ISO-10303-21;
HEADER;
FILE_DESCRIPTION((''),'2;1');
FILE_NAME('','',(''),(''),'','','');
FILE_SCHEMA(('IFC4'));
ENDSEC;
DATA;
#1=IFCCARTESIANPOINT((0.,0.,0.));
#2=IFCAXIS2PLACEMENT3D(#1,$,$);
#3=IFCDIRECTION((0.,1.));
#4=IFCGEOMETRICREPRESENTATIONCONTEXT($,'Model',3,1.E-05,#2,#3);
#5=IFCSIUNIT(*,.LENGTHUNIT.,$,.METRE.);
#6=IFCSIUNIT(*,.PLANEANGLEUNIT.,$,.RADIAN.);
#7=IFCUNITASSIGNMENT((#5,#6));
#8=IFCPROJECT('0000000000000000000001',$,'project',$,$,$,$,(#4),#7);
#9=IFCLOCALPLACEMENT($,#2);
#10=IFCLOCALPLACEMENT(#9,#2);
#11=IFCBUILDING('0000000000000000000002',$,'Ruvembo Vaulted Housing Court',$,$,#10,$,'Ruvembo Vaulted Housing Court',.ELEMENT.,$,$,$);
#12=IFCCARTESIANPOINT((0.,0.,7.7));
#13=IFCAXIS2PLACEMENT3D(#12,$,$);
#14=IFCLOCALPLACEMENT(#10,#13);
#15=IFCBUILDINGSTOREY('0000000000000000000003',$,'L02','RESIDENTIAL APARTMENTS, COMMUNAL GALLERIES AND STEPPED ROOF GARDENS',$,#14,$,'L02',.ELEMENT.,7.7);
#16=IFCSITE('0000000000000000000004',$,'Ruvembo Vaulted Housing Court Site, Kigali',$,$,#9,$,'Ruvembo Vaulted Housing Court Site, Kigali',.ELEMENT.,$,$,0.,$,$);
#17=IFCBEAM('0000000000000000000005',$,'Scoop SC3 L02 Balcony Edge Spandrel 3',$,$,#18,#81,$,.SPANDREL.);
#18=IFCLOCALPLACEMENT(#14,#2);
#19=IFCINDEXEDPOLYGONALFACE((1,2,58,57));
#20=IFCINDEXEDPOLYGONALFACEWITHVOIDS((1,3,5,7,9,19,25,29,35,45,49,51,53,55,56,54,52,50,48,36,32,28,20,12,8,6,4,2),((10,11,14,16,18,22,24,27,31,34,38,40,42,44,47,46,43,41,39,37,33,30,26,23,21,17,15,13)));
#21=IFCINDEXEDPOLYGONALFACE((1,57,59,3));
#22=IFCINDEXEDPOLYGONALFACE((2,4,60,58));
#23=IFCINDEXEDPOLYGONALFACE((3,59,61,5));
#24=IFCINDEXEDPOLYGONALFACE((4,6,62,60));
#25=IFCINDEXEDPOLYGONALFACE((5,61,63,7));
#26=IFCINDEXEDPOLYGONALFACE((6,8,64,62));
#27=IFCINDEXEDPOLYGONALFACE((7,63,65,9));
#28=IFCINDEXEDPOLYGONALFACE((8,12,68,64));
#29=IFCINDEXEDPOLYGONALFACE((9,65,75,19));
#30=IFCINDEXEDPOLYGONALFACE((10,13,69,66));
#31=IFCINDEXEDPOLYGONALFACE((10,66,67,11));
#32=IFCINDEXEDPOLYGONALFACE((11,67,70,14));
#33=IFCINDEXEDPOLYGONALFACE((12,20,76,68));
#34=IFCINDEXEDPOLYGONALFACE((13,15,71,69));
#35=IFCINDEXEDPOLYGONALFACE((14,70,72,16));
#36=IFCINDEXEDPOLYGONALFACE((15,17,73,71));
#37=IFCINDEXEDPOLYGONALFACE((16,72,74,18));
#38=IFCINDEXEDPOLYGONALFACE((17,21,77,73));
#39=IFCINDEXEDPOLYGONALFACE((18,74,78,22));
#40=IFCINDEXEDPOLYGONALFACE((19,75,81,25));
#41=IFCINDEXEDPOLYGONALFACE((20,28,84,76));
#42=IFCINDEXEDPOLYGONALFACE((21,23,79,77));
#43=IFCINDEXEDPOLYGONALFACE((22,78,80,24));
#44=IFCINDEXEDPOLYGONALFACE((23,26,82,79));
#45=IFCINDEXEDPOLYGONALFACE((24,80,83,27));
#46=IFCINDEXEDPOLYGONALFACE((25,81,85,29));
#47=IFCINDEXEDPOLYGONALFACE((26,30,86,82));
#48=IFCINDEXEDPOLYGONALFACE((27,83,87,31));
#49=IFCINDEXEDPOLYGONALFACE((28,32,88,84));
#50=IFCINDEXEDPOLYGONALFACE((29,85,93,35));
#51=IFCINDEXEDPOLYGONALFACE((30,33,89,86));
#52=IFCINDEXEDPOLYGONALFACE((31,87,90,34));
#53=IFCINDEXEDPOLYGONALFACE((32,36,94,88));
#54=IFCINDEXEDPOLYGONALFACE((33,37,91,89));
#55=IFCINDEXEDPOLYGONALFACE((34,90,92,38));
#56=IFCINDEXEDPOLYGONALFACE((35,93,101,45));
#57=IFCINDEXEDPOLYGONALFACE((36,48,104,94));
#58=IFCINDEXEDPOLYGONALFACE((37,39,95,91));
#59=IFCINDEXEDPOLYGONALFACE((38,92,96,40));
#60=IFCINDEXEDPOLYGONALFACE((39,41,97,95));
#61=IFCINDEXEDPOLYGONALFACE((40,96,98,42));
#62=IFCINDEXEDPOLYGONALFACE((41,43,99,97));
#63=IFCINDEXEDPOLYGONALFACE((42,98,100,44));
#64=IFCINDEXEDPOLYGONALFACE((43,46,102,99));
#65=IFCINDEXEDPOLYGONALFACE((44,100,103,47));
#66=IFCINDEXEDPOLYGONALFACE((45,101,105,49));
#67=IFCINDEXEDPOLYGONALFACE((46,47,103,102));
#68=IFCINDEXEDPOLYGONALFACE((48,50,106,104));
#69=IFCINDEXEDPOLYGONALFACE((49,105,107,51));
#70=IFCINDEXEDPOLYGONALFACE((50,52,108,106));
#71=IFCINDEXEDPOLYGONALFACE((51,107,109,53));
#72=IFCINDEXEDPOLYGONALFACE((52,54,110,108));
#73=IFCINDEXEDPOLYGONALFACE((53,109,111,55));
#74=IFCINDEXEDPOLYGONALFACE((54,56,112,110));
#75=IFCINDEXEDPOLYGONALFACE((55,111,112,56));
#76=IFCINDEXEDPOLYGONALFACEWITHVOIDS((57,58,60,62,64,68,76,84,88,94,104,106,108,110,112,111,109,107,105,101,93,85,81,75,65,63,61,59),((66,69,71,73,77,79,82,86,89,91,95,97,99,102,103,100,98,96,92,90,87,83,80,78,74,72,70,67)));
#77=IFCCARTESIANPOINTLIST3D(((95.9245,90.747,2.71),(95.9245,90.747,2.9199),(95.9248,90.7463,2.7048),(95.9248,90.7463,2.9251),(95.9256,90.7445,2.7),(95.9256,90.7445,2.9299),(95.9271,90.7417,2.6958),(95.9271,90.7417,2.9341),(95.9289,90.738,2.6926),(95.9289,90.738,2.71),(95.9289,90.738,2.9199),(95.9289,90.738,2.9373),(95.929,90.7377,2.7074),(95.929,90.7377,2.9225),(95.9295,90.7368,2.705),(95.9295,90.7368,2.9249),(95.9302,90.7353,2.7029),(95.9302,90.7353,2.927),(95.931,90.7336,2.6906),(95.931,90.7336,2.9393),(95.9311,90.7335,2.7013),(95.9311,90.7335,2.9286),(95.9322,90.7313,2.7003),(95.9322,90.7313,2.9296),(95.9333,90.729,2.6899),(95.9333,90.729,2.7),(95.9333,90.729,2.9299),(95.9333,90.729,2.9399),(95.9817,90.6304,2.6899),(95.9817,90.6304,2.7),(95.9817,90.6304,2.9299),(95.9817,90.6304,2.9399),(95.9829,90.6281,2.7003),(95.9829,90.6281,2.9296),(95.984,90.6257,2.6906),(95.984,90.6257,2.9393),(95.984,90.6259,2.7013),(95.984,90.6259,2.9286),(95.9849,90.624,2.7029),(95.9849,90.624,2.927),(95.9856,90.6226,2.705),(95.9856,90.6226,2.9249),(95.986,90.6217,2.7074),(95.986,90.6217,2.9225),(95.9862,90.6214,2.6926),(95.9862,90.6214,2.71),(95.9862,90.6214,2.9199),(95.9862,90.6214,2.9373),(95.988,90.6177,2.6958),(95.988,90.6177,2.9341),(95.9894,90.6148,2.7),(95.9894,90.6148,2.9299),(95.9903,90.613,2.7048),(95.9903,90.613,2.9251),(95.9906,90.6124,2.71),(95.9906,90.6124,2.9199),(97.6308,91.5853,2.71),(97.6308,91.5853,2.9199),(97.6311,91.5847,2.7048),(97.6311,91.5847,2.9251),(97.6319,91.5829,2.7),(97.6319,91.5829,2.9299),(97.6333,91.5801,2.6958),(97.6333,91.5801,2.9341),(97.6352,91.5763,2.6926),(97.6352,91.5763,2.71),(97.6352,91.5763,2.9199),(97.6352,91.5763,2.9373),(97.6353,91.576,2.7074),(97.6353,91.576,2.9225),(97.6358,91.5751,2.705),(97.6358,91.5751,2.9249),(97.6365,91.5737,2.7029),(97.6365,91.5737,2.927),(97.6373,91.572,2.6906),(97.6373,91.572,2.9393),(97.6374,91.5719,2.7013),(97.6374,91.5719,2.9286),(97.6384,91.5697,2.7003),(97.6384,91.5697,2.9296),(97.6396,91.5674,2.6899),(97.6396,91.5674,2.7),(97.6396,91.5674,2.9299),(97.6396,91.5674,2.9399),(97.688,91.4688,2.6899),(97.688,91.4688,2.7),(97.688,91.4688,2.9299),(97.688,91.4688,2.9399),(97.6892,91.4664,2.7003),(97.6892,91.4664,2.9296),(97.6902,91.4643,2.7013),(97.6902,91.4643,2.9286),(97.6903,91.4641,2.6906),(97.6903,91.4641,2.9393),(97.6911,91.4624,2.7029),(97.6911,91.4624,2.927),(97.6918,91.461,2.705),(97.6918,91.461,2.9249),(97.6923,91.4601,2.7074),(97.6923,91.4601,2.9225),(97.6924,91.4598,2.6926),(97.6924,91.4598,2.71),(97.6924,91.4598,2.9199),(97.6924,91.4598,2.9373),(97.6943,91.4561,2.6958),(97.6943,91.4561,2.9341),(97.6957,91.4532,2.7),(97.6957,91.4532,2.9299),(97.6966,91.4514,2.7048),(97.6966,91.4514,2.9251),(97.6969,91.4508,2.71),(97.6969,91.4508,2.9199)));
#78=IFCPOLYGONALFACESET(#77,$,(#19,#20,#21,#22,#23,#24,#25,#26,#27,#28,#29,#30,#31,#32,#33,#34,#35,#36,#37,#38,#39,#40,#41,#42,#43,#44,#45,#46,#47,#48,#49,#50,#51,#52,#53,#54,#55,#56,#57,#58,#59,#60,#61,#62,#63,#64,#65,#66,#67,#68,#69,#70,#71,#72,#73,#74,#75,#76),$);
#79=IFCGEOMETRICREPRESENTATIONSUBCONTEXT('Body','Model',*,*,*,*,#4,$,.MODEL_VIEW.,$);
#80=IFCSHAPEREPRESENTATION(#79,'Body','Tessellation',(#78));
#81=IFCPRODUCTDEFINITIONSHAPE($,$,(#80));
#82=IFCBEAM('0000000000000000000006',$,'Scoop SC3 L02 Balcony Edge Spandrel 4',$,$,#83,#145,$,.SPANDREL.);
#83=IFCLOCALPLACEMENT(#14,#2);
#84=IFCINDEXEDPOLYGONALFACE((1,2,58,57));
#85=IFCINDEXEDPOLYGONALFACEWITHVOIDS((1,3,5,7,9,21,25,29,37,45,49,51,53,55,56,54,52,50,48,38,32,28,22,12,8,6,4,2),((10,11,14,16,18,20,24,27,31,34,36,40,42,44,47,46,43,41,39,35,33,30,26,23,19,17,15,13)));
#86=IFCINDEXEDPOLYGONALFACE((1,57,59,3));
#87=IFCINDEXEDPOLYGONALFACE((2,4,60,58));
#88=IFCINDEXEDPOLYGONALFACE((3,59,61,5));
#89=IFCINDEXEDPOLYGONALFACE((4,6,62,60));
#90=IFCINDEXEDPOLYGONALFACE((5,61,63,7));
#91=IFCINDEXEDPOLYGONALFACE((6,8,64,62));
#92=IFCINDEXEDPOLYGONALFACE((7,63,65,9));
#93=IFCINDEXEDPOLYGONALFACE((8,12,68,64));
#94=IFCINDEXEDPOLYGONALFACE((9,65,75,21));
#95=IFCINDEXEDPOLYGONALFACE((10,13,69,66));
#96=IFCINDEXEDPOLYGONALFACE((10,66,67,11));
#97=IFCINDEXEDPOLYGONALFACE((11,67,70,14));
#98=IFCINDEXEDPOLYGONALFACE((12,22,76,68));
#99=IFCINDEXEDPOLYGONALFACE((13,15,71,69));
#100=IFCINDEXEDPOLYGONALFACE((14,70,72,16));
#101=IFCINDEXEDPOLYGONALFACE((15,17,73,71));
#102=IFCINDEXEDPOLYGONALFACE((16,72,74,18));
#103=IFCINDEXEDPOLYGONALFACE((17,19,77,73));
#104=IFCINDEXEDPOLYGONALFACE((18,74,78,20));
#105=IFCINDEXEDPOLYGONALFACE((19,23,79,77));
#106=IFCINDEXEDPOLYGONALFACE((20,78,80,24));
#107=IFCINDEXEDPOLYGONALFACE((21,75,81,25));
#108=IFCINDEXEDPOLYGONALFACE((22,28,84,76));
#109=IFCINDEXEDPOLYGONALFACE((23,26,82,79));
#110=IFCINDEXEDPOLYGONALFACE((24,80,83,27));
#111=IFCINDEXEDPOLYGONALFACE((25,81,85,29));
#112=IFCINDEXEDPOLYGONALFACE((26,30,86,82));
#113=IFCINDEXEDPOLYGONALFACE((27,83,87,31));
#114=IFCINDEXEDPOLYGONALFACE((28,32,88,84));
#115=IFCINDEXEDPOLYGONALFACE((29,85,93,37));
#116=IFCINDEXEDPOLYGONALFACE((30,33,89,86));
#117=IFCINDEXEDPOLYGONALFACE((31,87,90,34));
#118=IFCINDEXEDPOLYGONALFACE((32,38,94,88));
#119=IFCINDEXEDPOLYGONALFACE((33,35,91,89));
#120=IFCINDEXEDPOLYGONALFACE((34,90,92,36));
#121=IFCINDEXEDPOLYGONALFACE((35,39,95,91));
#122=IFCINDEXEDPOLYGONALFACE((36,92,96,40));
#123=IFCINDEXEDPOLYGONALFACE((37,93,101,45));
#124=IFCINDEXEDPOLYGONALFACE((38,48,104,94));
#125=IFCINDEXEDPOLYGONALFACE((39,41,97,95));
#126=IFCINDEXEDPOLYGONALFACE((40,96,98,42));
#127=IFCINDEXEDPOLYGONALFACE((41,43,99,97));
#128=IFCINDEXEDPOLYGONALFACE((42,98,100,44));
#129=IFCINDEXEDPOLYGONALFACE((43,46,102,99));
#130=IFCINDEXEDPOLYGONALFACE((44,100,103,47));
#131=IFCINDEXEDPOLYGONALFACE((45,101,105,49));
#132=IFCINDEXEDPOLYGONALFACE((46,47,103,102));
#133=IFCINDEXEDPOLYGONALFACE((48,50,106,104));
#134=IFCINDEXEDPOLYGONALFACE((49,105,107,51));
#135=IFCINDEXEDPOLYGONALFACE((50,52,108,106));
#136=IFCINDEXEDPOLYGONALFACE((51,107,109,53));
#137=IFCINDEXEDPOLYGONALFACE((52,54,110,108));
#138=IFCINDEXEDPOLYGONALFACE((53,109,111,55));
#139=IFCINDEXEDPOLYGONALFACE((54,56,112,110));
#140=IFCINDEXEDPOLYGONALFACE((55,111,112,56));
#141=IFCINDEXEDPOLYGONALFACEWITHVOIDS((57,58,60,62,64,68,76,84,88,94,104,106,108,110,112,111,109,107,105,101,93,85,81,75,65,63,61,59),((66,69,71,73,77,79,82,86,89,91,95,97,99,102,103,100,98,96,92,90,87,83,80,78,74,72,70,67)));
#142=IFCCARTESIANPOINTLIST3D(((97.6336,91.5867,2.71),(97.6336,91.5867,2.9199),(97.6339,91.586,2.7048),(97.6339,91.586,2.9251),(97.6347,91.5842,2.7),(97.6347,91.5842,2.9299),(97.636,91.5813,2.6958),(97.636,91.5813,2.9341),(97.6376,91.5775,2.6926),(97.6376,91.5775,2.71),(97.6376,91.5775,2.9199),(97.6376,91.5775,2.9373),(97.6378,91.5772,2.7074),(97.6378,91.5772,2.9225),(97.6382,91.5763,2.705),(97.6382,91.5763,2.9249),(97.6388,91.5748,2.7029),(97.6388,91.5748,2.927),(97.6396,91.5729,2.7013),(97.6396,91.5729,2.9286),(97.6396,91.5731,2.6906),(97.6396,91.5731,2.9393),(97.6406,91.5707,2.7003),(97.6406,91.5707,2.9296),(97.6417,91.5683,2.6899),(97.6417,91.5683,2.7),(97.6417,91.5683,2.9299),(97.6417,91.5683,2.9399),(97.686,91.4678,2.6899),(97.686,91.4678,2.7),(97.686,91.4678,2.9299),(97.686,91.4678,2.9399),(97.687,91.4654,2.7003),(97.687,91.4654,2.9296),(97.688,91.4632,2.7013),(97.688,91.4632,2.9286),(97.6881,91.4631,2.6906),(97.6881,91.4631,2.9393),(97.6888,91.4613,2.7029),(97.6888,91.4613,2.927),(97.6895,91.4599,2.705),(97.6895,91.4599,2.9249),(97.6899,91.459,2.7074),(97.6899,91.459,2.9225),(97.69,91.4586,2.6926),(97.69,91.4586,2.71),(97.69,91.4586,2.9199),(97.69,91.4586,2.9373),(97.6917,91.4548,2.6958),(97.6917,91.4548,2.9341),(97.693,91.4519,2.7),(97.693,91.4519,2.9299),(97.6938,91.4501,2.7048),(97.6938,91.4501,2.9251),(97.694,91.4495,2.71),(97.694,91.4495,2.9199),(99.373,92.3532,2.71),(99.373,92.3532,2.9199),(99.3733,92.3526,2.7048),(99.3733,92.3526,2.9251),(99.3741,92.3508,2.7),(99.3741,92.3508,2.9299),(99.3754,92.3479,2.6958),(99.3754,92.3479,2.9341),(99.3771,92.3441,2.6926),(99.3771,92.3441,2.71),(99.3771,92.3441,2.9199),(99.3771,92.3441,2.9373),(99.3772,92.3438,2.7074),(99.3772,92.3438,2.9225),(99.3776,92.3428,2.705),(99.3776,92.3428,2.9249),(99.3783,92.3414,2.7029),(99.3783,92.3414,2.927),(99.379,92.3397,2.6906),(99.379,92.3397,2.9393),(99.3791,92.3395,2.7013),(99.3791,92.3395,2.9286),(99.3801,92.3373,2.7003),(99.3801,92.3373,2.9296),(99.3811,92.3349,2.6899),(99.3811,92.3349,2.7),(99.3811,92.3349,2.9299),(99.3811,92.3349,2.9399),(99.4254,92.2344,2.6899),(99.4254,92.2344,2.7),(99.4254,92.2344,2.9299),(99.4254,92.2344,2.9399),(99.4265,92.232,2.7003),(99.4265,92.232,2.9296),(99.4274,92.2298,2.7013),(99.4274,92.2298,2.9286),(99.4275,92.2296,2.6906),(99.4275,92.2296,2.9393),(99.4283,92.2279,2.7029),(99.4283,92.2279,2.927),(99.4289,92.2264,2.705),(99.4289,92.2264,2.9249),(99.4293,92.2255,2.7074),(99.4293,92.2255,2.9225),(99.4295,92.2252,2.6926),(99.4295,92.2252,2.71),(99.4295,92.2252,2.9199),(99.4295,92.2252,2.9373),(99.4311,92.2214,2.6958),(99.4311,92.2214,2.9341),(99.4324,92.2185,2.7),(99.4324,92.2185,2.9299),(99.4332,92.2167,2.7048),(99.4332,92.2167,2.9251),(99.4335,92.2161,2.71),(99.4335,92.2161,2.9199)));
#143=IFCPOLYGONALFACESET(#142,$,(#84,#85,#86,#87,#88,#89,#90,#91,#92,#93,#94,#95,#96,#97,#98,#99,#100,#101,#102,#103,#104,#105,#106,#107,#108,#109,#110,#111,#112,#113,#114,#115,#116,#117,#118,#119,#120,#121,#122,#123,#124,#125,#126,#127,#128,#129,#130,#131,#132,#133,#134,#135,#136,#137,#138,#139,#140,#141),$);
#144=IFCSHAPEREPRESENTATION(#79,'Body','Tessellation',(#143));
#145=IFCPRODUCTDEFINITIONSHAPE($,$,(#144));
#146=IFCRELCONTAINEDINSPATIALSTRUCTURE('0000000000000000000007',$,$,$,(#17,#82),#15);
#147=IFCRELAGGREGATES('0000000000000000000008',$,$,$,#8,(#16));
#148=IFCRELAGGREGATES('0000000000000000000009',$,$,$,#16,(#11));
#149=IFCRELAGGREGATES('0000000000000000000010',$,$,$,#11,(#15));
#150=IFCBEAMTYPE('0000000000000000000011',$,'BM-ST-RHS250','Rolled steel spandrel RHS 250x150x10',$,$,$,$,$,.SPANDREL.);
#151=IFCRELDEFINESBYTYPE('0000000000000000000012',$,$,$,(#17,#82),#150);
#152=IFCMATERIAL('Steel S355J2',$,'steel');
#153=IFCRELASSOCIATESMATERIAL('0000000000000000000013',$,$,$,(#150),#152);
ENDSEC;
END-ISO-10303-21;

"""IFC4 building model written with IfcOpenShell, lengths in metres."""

from ifc_helpers import new_model, si_unit, direction, frame, origin, origin_2d, place, context, subcontext, project, spatial, hollow_rectangle, extrude, material, material_profile, profile_set, type_object, element, save


model = new_model("IFC4")

# Units and contexts
model_context = context("Model", 3, precision=1e-05, world=origin(), true_north=direction((0.0, 1.0)))
body_context = subcontext(model_context, "Body", "Model", "MODEL_VIEW")
ifc_project = project(units=[si_unit("LENGTHUNIT", "METRE"), si_unit("PLANEANGLEUNIT", "RADIAN")], contexts=[model_context])

# Site, building, storey
site_placement = place(None, origin())
site = spatial("IfcSite", under=ifc_project, at=site_placement, Name="Ruvembo Vaulted Housing Court Site, Kigali", LongName="Ruvembo Vaulted Housing Court Site, Kigali", CompositionType="ELEMENT", RefElevation=0.0)
building_placement = place(site_placement, origin())
building = spatial("IfcBuilding", under=site, at=building_placement, Name="Ruvembo Vaulted Housing Court", LongName="Ruvembo Vaulted Housing Court", CompositionType="ELEMENT")
storey_placement = place(building_placement, frame((0.0, 0.0, 7.7)))
storey = spatial("IfcBuildingStorey", under=building, at=storey_placement, Name="L02", Description="RESIDENTIAL APARTMENTS, COMMUNAL GALLERIES AND STEPPED ROOF GARDENS", LongName="L02", CompositionType="ELEMENT", Elevation=7.7)

# Beams
ifc_material_1 = material(Name="Steel S355J2", Category="steel")
ifc_material_profile_1 = material_profile(ifc_material_1, hollow_rectangle(XDim=0.1499, YDim=0.25, WallThickness=0.01, InnerFilletRadius=0.01, OuterFilletRadius=0.02, at=origin_2d()), Name="RHS 250x150x10")
ifc_profile_set_1 = profile_set([ifc_material_profile_1], Name="Steel S355J2")
beam_type = type_object("IfcBeamType", Name="BM-ST-RHS250", Description="Rolled steel spandrel RHS 250x150x10", PredefinedType="SPANDREL", material=ifc_profile_set_1)
beam_placement = place(storey_placement, frame((95.9575, 90.6797, 2.8149), z_axis=(0.897513, 0.440987, 0.0), x_axis=(-0.440987, 0.897513, 0.0)))
element("IfcBeam", 1, at=beam_placement, inside=storey, type_object=beam_type, Name="Scoop SC3 L02 Balcony Edge Spandrel 3", PredefinedType="SPANDREL", context=body_context, shape_type="SweptSolid", body=[
    extrude(hollow_rectangle(XDim=0.1499, YDim=0.25, WallThickness=0.01, InnerFilletRadius=0.01, OuterFilletRadius=0.02, at=origin_2d()), origin(), (0.0, 0.0, 1.0), 1.9011),
])
for number, where, z_axis, x_axis, name in (
    (2, (97.6638, 91.5181, 2.8149), (0.915078, 0.403277, 0.0), (-0.403277, 0.915078, 0.0), "Scoop SC3 L02 Balcony Edge Spandrel 4"),
):
    element("IfcBeam", number, at=place(storey_placement, frame(where, z_axis=z_axis, x_axis=x_axis)), inside=storey, type_object=beam_type, Name=name, PredefinedType="SPANDREL", context=body_context, shape_type="SweptSolid", body=[
        extrude(hollow_rectangle(XDim=0.1499, YDim=0.25, WallThickness=0.01, InnerFilletRadius=0.01, OuterFilletRadius=0.02, at=origin_2d()), origin(), (0.0, 0.0, 1.0), 1.9009),
    ])

save(model, "model.ifc")
